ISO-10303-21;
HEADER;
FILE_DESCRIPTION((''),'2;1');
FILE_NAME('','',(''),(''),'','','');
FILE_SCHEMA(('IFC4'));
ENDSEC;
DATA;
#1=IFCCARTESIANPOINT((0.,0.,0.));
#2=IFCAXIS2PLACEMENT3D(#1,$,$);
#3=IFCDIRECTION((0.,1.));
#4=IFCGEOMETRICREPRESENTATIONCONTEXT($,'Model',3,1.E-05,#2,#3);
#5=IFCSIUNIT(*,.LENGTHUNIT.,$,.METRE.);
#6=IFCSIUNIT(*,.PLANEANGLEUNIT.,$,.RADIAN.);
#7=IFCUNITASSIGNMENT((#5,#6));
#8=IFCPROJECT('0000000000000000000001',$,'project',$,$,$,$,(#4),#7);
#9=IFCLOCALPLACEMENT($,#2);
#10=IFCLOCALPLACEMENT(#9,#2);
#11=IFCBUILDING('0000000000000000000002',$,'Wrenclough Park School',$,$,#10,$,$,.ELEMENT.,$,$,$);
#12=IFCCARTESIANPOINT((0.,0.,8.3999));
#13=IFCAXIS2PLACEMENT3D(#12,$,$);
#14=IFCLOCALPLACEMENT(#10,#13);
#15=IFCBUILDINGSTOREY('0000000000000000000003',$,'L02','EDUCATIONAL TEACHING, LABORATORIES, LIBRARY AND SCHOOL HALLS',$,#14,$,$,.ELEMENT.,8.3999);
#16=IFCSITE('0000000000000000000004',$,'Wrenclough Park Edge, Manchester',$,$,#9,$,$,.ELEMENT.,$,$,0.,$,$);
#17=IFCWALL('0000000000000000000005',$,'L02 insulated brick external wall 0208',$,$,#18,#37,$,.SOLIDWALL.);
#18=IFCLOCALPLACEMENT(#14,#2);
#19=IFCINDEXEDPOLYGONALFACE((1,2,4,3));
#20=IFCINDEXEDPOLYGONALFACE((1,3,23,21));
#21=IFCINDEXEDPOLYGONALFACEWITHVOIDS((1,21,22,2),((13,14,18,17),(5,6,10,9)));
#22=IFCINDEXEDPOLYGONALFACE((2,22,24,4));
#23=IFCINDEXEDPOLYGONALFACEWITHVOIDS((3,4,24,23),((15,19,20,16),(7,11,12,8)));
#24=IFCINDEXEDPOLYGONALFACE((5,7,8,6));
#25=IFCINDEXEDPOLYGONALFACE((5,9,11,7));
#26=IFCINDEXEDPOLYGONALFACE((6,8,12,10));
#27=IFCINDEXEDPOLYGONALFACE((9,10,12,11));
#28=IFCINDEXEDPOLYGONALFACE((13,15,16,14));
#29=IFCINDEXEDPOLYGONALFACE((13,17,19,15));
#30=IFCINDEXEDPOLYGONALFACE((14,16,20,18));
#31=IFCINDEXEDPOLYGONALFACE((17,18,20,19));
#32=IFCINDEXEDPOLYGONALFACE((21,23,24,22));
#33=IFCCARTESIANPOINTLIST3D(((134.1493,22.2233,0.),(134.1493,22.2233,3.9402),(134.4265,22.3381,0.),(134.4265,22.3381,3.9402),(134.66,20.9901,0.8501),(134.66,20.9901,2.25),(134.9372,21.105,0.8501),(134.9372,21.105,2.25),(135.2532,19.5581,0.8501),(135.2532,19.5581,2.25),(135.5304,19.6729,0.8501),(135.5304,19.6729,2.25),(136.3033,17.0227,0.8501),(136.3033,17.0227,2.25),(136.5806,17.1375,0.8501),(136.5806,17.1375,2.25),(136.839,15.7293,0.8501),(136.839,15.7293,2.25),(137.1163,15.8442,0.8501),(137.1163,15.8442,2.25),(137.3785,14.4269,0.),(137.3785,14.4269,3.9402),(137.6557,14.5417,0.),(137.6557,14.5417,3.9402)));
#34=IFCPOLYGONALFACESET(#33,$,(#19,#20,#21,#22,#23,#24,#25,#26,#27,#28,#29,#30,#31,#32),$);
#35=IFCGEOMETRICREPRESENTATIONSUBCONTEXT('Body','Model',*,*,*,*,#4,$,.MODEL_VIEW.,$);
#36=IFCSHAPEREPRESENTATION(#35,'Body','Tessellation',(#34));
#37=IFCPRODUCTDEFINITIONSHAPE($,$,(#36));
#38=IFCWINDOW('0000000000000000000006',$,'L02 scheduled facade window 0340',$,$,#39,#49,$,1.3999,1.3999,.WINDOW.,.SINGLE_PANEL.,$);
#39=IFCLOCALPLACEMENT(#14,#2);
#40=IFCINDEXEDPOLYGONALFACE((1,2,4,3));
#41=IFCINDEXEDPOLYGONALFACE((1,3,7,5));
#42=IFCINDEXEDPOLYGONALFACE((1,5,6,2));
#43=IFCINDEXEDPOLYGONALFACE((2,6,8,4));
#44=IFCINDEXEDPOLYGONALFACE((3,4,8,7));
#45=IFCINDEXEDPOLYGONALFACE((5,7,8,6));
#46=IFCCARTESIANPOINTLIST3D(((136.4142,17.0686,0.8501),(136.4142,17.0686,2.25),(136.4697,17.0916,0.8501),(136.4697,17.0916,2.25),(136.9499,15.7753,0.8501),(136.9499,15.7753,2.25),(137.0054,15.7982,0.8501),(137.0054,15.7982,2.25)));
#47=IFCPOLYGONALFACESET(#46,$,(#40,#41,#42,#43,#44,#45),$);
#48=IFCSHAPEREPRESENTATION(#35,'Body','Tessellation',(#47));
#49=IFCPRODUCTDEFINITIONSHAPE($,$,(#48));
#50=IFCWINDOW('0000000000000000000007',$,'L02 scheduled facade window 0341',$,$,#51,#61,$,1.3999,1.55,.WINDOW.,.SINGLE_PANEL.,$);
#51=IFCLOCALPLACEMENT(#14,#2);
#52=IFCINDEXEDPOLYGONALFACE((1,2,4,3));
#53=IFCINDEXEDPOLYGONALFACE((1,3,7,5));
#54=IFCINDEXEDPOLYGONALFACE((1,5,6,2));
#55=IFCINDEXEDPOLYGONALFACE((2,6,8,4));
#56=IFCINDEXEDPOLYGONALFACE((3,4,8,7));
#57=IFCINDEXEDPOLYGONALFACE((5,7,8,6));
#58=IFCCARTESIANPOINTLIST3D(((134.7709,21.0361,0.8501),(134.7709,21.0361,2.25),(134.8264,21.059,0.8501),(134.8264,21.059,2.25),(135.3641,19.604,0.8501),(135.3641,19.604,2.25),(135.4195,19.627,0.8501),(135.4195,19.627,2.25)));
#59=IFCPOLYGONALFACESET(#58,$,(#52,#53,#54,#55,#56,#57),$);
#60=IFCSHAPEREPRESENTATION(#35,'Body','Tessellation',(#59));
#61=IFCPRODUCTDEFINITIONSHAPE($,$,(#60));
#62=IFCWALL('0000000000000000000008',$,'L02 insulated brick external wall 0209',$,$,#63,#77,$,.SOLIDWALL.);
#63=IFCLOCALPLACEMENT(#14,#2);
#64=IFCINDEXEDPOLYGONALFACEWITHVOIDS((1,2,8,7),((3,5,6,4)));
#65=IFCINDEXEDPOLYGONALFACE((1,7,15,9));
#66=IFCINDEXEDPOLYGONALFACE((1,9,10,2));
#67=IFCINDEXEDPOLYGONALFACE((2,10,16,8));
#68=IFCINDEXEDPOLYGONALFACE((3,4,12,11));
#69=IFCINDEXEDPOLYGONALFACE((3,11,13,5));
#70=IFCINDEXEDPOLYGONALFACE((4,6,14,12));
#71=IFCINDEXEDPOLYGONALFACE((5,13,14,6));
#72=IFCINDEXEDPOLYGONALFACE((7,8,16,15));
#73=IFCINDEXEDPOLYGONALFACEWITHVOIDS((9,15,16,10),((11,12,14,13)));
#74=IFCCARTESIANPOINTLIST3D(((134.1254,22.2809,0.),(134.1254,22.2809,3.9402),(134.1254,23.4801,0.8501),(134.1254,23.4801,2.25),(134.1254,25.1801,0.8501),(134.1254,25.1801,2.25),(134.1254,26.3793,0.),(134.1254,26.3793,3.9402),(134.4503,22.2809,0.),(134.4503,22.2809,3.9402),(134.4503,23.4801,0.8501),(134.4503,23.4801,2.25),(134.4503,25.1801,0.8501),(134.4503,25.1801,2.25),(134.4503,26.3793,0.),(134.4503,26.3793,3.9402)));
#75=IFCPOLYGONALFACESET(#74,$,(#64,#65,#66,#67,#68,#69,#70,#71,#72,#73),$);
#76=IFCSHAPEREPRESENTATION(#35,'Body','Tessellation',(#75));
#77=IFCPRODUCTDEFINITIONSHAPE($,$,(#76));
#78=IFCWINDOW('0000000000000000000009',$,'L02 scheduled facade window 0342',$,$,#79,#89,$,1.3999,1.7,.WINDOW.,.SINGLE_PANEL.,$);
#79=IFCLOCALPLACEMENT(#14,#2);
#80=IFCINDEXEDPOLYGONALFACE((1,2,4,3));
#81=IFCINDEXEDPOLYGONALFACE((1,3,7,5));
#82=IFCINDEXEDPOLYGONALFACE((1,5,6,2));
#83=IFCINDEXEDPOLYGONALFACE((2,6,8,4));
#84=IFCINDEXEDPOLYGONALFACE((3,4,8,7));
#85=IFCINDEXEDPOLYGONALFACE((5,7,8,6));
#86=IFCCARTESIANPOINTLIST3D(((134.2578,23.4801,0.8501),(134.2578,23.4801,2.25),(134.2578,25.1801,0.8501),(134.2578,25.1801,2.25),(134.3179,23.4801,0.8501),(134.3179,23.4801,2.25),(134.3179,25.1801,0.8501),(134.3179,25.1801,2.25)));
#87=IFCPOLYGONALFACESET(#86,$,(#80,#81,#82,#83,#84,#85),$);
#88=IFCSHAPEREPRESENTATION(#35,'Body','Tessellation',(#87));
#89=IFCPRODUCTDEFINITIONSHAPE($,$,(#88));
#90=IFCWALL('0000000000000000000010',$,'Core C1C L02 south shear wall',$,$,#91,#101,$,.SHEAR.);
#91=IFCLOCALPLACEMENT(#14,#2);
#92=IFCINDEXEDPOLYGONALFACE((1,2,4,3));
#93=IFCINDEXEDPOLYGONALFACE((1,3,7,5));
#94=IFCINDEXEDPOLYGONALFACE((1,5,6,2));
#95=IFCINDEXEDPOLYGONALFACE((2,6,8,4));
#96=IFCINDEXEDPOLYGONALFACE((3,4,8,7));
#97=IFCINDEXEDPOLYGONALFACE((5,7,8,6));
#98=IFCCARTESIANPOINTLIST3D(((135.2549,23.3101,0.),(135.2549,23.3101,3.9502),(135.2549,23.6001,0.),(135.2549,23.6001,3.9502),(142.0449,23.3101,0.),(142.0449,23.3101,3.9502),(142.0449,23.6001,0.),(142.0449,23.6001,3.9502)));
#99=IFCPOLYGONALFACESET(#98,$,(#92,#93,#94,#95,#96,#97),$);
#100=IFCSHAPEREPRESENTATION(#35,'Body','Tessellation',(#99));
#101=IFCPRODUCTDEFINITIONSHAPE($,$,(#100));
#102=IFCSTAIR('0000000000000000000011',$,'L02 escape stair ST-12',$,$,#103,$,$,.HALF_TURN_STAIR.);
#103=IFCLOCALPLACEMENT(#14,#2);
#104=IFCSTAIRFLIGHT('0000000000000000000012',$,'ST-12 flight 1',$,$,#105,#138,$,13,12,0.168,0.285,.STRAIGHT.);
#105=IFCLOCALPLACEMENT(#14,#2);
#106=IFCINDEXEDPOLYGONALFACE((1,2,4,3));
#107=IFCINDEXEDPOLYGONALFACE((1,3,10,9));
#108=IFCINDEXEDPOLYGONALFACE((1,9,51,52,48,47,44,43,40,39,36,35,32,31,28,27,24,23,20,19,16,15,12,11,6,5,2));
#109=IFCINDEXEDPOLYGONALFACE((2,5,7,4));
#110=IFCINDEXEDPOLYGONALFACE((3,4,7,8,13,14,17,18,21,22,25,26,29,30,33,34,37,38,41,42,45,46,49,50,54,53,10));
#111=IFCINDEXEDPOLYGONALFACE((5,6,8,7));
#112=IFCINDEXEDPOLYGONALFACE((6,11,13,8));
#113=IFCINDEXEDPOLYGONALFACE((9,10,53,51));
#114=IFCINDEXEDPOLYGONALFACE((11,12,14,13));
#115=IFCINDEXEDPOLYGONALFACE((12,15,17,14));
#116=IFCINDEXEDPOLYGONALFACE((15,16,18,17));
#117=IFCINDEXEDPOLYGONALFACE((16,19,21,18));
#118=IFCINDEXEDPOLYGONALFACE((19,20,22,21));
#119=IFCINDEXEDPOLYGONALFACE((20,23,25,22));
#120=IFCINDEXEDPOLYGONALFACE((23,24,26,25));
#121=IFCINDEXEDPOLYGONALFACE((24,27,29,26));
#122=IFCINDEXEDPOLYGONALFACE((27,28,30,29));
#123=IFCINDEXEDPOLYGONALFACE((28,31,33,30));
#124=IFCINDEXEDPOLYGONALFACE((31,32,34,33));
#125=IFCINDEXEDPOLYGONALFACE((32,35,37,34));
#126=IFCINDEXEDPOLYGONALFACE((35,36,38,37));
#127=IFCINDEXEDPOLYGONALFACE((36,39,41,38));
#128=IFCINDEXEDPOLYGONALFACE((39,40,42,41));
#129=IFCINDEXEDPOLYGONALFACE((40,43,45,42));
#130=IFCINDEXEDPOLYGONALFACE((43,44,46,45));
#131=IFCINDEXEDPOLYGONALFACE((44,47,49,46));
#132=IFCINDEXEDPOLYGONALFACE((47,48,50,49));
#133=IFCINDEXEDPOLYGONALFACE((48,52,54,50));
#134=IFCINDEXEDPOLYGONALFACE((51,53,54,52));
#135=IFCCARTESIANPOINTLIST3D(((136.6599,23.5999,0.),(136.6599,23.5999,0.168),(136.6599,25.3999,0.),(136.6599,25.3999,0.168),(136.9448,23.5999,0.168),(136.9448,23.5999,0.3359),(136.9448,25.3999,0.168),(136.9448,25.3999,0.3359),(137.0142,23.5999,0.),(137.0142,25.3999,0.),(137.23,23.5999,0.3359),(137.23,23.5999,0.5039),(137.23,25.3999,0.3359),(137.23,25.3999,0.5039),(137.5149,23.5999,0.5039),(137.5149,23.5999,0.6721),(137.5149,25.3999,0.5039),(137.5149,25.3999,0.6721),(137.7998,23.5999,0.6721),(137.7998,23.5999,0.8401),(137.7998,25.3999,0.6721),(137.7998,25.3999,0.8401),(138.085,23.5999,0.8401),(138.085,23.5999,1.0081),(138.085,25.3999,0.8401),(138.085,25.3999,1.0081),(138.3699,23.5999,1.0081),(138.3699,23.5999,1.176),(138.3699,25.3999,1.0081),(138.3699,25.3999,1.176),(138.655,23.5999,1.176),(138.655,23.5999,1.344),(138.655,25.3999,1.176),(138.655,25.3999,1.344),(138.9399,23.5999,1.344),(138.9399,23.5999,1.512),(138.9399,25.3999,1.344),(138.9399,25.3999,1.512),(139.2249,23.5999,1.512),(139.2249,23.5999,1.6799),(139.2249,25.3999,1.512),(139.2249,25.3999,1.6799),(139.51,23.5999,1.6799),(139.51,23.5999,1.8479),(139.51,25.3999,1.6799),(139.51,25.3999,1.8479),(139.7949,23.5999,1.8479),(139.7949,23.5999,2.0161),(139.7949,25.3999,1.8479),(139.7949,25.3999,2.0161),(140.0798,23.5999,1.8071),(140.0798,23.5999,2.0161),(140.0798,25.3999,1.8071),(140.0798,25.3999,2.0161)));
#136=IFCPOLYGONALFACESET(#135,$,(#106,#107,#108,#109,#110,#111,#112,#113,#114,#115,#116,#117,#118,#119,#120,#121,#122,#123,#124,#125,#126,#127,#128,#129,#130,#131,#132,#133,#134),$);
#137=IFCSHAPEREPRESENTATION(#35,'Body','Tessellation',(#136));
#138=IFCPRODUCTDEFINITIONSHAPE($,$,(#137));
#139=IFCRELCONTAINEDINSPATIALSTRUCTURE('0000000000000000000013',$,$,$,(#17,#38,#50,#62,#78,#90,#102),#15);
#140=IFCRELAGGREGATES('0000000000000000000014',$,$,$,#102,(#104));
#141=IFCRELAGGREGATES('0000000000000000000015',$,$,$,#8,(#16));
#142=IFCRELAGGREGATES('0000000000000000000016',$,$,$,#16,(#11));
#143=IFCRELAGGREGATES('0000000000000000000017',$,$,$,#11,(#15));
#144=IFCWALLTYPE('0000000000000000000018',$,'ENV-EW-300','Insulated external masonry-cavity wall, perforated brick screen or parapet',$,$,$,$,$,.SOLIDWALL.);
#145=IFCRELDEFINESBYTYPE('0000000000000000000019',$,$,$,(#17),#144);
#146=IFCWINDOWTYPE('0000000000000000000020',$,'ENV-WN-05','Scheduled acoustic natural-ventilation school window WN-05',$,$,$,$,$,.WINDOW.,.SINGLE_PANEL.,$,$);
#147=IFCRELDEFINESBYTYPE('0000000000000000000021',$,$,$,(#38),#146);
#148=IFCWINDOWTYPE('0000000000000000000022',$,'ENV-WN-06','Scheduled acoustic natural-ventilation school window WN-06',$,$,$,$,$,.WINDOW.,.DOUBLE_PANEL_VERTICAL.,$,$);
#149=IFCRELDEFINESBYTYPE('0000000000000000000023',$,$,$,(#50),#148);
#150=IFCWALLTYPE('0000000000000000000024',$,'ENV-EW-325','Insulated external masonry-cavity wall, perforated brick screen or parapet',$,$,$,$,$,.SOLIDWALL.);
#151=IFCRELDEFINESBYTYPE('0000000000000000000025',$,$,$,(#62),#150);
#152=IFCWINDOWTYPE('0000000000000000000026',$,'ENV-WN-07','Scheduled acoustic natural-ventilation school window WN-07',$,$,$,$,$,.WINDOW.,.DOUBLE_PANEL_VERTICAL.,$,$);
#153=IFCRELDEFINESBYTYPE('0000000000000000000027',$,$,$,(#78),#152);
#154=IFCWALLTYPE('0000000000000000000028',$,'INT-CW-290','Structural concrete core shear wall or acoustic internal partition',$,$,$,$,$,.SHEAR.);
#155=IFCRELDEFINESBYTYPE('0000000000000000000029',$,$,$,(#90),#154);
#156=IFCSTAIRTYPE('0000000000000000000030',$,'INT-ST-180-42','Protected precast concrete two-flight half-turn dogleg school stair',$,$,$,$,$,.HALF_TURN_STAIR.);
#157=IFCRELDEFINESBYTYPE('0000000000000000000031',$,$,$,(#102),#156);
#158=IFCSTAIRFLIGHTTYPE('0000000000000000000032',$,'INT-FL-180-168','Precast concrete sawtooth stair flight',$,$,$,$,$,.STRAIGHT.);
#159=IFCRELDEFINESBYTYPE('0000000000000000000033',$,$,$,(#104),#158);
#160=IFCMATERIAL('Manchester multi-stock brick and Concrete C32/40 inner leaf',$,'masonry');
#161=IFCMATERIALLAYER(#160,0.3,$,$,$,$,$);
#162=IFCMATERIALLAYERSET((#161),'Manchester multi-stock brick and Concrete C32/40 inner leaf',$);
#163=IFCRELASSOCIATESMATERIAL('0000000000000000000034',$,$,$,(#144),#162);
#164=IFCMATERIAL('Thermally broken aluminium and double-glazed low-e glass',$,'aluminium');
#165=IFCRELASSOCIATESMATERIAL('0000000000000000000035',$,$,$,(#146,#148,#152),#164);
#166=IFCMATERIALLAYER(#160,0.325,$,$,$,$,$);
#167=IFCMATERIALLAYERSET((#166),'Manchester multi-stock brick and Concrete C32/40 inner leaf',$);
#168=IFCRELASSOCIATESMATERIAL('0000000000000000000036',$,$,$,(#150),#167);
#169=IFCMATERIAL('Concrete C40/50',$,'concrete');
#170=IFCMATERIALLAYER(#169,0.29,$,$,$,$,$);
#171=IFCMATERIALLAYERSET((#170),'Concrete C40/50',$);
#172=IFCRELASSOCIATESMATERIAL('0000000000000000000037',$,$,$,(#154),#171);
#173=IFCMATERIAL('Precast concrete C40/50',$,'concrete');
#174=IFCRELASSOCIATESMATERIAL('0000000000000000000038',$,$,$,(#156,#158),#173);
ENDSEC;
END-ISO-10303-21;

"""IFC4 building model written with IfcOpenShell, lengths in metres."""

from ifc_helpers import new_model, si_unit, direction, frame, frame_2d, origin, place, context, subcontext, project, spatial, polyline, rectangle, outline, extrude, material, layer, layer_set, type_object, element, fill, aggregate, save


model = new_model("IFC4")

# Units and contexts
model_context = context("Model", 3, precision=1e-05, world=origin(), true_north=direction((0.0, 1.0)))
body_context = subcontext(model_context, "Body", "Model", "MODEL_VIEW")
ifc_project = project(units=[si_unit("LENGTHUNIT", "METRE"), si_unit("PLANEANGLEUNIT", "RADIAN")], contexts=[model_context])

# Site, building, storey
site_placement = place(None, origin())
site = spatial("IfcSite", under=ifc_project, at=site_placement, Name="Wrenclough Park Edge, Manchester", CompositionType="ELEMENT", RefElevation=0.0)
building_placement = place(site_placement, origin())
building = spatial("IfcBuilding", under=site, at=building_placement, Name="Wrenclough Park School", CompositionType="ELEMENT")
storey_placement = place(building_placement, frame((0.0, 0.0, 8.3999)))
storey = spatial("IfcBuildingStorey", under=building, at=storey_placement, Name="L02", Description="EDUCATIONAL TEACHING, LABORATORIES, LIBRARY AND SCHOOL HALLS", CompositionType="ELEMENT", Elevation=8.3999)

# Shared definitions
ifc_material_1 = material(Name="Concrete C40/50", Category="concrete")

# Wall, openings, windows
ifc_material_2 = material(Name="Manchester multi-stock brick and Concrete C32/40 inner leaf", Category="masonry")
ifc_layer_1 = layer(ifc_material_2, 0.3)
ifc_layer_set_1 = layer_set([ifc_layer_1], Name="Manchester multi-stock brick and Concrete C32/40 inner leaf")
wall_type_1 = type_object("IfcWallType", Name="ENV-EW-300", Description="Insulated external masonry-cavity wall, perforated brick screen or parapet", PredefinedType="SOLIDWALL", material=ifc_layer_set_1)
wall_1_placement = place(storey_placement, frame((137.5171, 14.4844, 0.0), z_axis=(0.0, 0.0, 1.0), x_axis=(-0.382671, 0.923885, 0.0)))
wall_1 = element("IfcWall", 1, at=wall_1_placement, inside=storey, type_object=wall_type_1, Name="L02 insulated brick external wall 0208", PredefinedType="SOLIDWALL", context=body_context, shape_type="SweptSolid", body=[
    extrude(rectangle(XDim=8.4387, YDim=0.3, at=frame_2d((4.2192, 0.0))), origin(), (0.0, 0.0, 1.0), 3.9402),
])
opening_1_placement = place(wall_1_placement, frame((1.4097, 0.0, 0.8501)))
opening_1 = element("IfcOpeningElement", 2, at=opening_1_placement, cuts=wall_1, PredefinedType="OPENING", context=body_context, shape_type="SweptSolid", body=[
    extrude(rectangle(XDim=1.3999, YDim=1.3999, at=frame_2d((0.7, 0.7))), frame((0.0, 0.1599, 0.0), z_axis=(0.0, -1.0, 0.0), x_axis=(1.0, 0.0, 0.0)), (0.0, 0.0, 1.0), 0.3201),
])
opening_2_placement = place(wall_1_placement, frame((5.554, 0.0, 0.8501)))
opening_2 = element("IfcOpeningElement", 3, at=opening_2_placement, cuts=wall_1, PredefinedType="OPENING", context=body_context, shape_type="SweptSolid", body=[
    extrude(rectangle(XDim=1.55, YDim=1.3999, at=frame_2d((0.7749, 0.7))), frame((0.0, 0.1599, 0.0), z_axis=(0.0, -1.0, 0.0), x_axis=(1.0, 0.0, 0.0)), (0.0, 0.0, 1.0), 0.3201),
])
ifc_material_3 = material(Name="Thermally broken aluminium and double-glazed low-e glass", Category="aluminium")
window_type_1 = type_object("IfcWindowType", Name="ENV-WN-05", Description="Scheduled acoustic natural-ventilation school window WN-05", PartitioningType="SINGLE_PANEL", PredefinedType="WINDOW", material=ifc_material_3)
window_1_placement = place(opening_1_placement, origin())
window_1 = element("IfcWindow", 4, at=window_1_placement, inside=storey, type_object=window_type_1, Name="L02 scheduled facade window 0340", OverallHeight=1.3999, OverallWidth=1.3999, PartitioningType="SINGLE_PANEL", PredefinedType="WINDOW", context=body_context, shape_type="SweptSolid", body=[
    extrude(rectangle(XDim=1.3999, YDim=1.3999, at=frame_2d((0.7, 0.7))), frame((0.0, 0.03, 0.0), z_axis=(0.0, -1.0, 0.0), x_axis=(1.0, 0.0, 0.0)), (0.0, 0.0, 1.0), 0.0601),
])
fill(opening_1, window_1)
window_type_2 = type_object("IfcWindowType", Name="ENV-WN-06", Description="Scheduled acoustic natural-ventilation school window WN-06", PartitioningType="DOUBLE_PANEL_VERTICAL", PredefinedType="WINDOW", material=ifc_material_3)
window_2_placement = place(opening_2_placement, origin())
window_2 = element("IfcWindow", 5, at=window_2_placement, inside=storey, type_object=window_type_2, Name="L02 scheduled facade window 0341", OverallHeight=1.3999, OverallWidth=1.55, PartitioningType="SINGLE_PANEL", PredefinedType="WINDOW", context=body_context, shape_type="SweptSolid", body=[
    extrude(rectangle(XDim=1.55, YDim=1.3999, at=frame_2d((0.7749, 0.7))), frame((0.0, 0.03, 0.0), z_axis=(0.0, -1.0, 0.0), x_axis=(1.0, 0.0, 0.0)), (0.0, 0.0, 1.0), 0.0601),
])
fill(opening_2, window_2)

# Wall, opening, window
ifc_layer_2 = layer(ifc_material_2, 0.325)
ifc_layer_set_2 = layer_set([ifc_layer_2], Name="Manchester multi-stock brick and Concrete C32/40 inner leaf")
wall_type_2 = type_object("IfcWallType", Name="ENV-EW-325", Description="Insulated external masonry-cavity wall, perforated brick screen or parapet", PredefinedType="SOLIDWALL", material=ifc_layer_set_2)
wall_2_placement = place(storey_placement, frame((134.2878, 22.2808, 0.0), z_axis=(0.0, 0.0, 1.0), x_axis=(0.0, 1.0, 0.0)))
wall_2 = element("IfcWall", 6, at=wall_2_placement, inside=storey, type_object=wall_type_2, Name="L02 insulated brick external wall 0209", PredefinedType="SOLIDWALL", context=body_context, shape_type="SweptSolid", body=[
    extrude(rectangle(XDim=4.0984, YDim=0.325, at=frame_2d((2.0493, 0.0))), origin(), (0.0, 0.0, 1.0), 3.9402),
])
opening_3_placement = place(wall_2_placement, frame((1.1992, 0.0, 0.8501)))
opening_3 = element("IfcOpeningElement", 7, at=opening_3_placement, cuts=wall_2, PredefinedType="OPENING", context=body_context, shape_type="SweptSolid", body=[
    extrude(rectangle(XDim=1.7, YDim=1.3999, at=frame_2d((0.8501, 0.7))), frame((0.0, 0.1724, 0.0), z_axis=(0.0, -1.0, 0.0), x_axis=(1.0, 0.0, 0.0)), (0.0, 0.0, 1.0), 0.345),
])
window_type_3 = type_object("IfcWindowType", Name="ENV-WN-07", Description="Scheduled acoustic natural-ventilation school window WN-07", PartitioningType="DOUBLE_PANEL_VERTICAL", PredefinedType="WINDOW", material=ifc_material_3)
window_3_placement = place(opening_3_placement, origin())
window_3 = element("IfcWindow", 8, at=window_3_placement, inside=storey, type_object=window_type_3, Name="L02 scheduled facade window 0342", OverallHeight=1.3999, OverallWidth=1.7, PartitioningType="SINGLE_PANEL", PredefinedType="WINDOW", context=body_context, shape_type="SweptSolid", body=[
    extrude(rectangle(XDim=1.7, YDim=1.3999, at=frame_2d((0.8501, 0.7))), frame((0.0, 0.03, 0.0), z_axis=(0.0, -1.0, 0.0), x_axis=(1.0, 0.0, 0.0)), (0.0, 0.0, 1.0), 0.0601),
])
fill(opening_3, window_3)

# Wall
ifc_layer_3 = layer(ifc_material_1, 0.29)
ifc_layer_set_3 = layer_set([ifc_layer_3], Name="Concrete C40/50")
wall_type_3 = type_object("IfcWallType", Name="INT-CW-290", Description="Structural concrete core shear wall or acoustic internal partition", PredefinedType="SHEAR", material=ifc_layer_set_3)
wall_3_placement = place(storey_placement, frame((135.2549, 23.4551, 0.0), z_axis=(0.0, 0.0, 1.0), x_axis=(1.0, 0.0, 0.0)))
element("IfcWall", 9, at=wall_3_placement, inside=storey, type_object=wall_type_3, Name="Core C1C L02 south shear wall", PredefinedType="SHEAR", context=body_context, shape_type="SweptSolid", body=[
    extrude(rectangle(XDim=6.79, YDim=0.29, at=frame_2d((3.395, 0.0))), origin(), (0.0, 0.0, 1.0), 3.9502),
])

# Stair, stair flight
ifc_material_4 = material(Name="Precast concrete C40/50", Category="concrete")
stair_type = type_object("IfcStairType", Name="INT-ST-180-42", Description="Protected precast concrete two-flight half-turn dogleg school stair", PredefinedType="HALF_TURN_STAIR", material=ifc_material_4)
stair_placement = place(storey_placement, origin())
stair = element("IfcStair", 10, at=stair_placement, inside=storey, type_object=stair_type, Name="L02 escape stair ST-12", PredefinedType="HALF_TURN_STAIR")
stair_flight_type = type_object("IfcStairFlightType", Name="INT-FL-180-168", Description="Precast concrete sawtooth stair flight", PredefinedType="STRAIGHT", material=ifc_material_4)
stair_flight_placement = place(storey_placement, frame((136.6599, 24.5, 0.0), z_axis=(0.0, 0.0, 1.0), x_axis=(1.0, 0.0, 0.0)))
stair_flight = element("IfcStairFlight", 11, at=stair_flight_placement, type_object=stair_flight_type, Name="ST-12 flight 1", NumberOfRisers=13, NumberOfTreads=12, PredefinedType="STRAIGHT", RiserHeight=0.168, TreadLength=0.285, context=body_context, shape_type="SweptSolid", body=[
    extrude(outline(polyline([(0.0, 0.0), (0.0, 0.168), (0.2849, 0.168), (0.2849, 0.3359), (0.5701, 0.3359), (0.5701, 0.5039), (0.855, 0.5039), (0.855, 0.6721), (1.1399, 0.6721), (1.1399, 0.8401), (1.425, 0.8401), (1.425, 1.0081), (1.71, 1.0081), (1.71, 1.176), (1.9951, 1.176), (1.9951, 1.344), (2.28, 1.344), (2.28, 1.512), (2.5649, 1.512), (2.5649, 1.6799), (2.8501, 1.6799), (2.8501, 1.8479), (3.135, 1.8479), (3.135, 2.0161), (3.4199, 2.0161), (3.4199, 2.1841), (3.4199, 1.8071), (0.3542, 0.0), (0.0, 0.0)])), frame((0.0, 0.8999, 0.0), z_axis=(0.0, -1.0, 0.0), x_axis=(1.0, 0.0, 0.0)), (0.0, 0.0, 1.0), 1.8),
])
aggregate(stair, [stair_flight])

save(model, "model.ifc")
